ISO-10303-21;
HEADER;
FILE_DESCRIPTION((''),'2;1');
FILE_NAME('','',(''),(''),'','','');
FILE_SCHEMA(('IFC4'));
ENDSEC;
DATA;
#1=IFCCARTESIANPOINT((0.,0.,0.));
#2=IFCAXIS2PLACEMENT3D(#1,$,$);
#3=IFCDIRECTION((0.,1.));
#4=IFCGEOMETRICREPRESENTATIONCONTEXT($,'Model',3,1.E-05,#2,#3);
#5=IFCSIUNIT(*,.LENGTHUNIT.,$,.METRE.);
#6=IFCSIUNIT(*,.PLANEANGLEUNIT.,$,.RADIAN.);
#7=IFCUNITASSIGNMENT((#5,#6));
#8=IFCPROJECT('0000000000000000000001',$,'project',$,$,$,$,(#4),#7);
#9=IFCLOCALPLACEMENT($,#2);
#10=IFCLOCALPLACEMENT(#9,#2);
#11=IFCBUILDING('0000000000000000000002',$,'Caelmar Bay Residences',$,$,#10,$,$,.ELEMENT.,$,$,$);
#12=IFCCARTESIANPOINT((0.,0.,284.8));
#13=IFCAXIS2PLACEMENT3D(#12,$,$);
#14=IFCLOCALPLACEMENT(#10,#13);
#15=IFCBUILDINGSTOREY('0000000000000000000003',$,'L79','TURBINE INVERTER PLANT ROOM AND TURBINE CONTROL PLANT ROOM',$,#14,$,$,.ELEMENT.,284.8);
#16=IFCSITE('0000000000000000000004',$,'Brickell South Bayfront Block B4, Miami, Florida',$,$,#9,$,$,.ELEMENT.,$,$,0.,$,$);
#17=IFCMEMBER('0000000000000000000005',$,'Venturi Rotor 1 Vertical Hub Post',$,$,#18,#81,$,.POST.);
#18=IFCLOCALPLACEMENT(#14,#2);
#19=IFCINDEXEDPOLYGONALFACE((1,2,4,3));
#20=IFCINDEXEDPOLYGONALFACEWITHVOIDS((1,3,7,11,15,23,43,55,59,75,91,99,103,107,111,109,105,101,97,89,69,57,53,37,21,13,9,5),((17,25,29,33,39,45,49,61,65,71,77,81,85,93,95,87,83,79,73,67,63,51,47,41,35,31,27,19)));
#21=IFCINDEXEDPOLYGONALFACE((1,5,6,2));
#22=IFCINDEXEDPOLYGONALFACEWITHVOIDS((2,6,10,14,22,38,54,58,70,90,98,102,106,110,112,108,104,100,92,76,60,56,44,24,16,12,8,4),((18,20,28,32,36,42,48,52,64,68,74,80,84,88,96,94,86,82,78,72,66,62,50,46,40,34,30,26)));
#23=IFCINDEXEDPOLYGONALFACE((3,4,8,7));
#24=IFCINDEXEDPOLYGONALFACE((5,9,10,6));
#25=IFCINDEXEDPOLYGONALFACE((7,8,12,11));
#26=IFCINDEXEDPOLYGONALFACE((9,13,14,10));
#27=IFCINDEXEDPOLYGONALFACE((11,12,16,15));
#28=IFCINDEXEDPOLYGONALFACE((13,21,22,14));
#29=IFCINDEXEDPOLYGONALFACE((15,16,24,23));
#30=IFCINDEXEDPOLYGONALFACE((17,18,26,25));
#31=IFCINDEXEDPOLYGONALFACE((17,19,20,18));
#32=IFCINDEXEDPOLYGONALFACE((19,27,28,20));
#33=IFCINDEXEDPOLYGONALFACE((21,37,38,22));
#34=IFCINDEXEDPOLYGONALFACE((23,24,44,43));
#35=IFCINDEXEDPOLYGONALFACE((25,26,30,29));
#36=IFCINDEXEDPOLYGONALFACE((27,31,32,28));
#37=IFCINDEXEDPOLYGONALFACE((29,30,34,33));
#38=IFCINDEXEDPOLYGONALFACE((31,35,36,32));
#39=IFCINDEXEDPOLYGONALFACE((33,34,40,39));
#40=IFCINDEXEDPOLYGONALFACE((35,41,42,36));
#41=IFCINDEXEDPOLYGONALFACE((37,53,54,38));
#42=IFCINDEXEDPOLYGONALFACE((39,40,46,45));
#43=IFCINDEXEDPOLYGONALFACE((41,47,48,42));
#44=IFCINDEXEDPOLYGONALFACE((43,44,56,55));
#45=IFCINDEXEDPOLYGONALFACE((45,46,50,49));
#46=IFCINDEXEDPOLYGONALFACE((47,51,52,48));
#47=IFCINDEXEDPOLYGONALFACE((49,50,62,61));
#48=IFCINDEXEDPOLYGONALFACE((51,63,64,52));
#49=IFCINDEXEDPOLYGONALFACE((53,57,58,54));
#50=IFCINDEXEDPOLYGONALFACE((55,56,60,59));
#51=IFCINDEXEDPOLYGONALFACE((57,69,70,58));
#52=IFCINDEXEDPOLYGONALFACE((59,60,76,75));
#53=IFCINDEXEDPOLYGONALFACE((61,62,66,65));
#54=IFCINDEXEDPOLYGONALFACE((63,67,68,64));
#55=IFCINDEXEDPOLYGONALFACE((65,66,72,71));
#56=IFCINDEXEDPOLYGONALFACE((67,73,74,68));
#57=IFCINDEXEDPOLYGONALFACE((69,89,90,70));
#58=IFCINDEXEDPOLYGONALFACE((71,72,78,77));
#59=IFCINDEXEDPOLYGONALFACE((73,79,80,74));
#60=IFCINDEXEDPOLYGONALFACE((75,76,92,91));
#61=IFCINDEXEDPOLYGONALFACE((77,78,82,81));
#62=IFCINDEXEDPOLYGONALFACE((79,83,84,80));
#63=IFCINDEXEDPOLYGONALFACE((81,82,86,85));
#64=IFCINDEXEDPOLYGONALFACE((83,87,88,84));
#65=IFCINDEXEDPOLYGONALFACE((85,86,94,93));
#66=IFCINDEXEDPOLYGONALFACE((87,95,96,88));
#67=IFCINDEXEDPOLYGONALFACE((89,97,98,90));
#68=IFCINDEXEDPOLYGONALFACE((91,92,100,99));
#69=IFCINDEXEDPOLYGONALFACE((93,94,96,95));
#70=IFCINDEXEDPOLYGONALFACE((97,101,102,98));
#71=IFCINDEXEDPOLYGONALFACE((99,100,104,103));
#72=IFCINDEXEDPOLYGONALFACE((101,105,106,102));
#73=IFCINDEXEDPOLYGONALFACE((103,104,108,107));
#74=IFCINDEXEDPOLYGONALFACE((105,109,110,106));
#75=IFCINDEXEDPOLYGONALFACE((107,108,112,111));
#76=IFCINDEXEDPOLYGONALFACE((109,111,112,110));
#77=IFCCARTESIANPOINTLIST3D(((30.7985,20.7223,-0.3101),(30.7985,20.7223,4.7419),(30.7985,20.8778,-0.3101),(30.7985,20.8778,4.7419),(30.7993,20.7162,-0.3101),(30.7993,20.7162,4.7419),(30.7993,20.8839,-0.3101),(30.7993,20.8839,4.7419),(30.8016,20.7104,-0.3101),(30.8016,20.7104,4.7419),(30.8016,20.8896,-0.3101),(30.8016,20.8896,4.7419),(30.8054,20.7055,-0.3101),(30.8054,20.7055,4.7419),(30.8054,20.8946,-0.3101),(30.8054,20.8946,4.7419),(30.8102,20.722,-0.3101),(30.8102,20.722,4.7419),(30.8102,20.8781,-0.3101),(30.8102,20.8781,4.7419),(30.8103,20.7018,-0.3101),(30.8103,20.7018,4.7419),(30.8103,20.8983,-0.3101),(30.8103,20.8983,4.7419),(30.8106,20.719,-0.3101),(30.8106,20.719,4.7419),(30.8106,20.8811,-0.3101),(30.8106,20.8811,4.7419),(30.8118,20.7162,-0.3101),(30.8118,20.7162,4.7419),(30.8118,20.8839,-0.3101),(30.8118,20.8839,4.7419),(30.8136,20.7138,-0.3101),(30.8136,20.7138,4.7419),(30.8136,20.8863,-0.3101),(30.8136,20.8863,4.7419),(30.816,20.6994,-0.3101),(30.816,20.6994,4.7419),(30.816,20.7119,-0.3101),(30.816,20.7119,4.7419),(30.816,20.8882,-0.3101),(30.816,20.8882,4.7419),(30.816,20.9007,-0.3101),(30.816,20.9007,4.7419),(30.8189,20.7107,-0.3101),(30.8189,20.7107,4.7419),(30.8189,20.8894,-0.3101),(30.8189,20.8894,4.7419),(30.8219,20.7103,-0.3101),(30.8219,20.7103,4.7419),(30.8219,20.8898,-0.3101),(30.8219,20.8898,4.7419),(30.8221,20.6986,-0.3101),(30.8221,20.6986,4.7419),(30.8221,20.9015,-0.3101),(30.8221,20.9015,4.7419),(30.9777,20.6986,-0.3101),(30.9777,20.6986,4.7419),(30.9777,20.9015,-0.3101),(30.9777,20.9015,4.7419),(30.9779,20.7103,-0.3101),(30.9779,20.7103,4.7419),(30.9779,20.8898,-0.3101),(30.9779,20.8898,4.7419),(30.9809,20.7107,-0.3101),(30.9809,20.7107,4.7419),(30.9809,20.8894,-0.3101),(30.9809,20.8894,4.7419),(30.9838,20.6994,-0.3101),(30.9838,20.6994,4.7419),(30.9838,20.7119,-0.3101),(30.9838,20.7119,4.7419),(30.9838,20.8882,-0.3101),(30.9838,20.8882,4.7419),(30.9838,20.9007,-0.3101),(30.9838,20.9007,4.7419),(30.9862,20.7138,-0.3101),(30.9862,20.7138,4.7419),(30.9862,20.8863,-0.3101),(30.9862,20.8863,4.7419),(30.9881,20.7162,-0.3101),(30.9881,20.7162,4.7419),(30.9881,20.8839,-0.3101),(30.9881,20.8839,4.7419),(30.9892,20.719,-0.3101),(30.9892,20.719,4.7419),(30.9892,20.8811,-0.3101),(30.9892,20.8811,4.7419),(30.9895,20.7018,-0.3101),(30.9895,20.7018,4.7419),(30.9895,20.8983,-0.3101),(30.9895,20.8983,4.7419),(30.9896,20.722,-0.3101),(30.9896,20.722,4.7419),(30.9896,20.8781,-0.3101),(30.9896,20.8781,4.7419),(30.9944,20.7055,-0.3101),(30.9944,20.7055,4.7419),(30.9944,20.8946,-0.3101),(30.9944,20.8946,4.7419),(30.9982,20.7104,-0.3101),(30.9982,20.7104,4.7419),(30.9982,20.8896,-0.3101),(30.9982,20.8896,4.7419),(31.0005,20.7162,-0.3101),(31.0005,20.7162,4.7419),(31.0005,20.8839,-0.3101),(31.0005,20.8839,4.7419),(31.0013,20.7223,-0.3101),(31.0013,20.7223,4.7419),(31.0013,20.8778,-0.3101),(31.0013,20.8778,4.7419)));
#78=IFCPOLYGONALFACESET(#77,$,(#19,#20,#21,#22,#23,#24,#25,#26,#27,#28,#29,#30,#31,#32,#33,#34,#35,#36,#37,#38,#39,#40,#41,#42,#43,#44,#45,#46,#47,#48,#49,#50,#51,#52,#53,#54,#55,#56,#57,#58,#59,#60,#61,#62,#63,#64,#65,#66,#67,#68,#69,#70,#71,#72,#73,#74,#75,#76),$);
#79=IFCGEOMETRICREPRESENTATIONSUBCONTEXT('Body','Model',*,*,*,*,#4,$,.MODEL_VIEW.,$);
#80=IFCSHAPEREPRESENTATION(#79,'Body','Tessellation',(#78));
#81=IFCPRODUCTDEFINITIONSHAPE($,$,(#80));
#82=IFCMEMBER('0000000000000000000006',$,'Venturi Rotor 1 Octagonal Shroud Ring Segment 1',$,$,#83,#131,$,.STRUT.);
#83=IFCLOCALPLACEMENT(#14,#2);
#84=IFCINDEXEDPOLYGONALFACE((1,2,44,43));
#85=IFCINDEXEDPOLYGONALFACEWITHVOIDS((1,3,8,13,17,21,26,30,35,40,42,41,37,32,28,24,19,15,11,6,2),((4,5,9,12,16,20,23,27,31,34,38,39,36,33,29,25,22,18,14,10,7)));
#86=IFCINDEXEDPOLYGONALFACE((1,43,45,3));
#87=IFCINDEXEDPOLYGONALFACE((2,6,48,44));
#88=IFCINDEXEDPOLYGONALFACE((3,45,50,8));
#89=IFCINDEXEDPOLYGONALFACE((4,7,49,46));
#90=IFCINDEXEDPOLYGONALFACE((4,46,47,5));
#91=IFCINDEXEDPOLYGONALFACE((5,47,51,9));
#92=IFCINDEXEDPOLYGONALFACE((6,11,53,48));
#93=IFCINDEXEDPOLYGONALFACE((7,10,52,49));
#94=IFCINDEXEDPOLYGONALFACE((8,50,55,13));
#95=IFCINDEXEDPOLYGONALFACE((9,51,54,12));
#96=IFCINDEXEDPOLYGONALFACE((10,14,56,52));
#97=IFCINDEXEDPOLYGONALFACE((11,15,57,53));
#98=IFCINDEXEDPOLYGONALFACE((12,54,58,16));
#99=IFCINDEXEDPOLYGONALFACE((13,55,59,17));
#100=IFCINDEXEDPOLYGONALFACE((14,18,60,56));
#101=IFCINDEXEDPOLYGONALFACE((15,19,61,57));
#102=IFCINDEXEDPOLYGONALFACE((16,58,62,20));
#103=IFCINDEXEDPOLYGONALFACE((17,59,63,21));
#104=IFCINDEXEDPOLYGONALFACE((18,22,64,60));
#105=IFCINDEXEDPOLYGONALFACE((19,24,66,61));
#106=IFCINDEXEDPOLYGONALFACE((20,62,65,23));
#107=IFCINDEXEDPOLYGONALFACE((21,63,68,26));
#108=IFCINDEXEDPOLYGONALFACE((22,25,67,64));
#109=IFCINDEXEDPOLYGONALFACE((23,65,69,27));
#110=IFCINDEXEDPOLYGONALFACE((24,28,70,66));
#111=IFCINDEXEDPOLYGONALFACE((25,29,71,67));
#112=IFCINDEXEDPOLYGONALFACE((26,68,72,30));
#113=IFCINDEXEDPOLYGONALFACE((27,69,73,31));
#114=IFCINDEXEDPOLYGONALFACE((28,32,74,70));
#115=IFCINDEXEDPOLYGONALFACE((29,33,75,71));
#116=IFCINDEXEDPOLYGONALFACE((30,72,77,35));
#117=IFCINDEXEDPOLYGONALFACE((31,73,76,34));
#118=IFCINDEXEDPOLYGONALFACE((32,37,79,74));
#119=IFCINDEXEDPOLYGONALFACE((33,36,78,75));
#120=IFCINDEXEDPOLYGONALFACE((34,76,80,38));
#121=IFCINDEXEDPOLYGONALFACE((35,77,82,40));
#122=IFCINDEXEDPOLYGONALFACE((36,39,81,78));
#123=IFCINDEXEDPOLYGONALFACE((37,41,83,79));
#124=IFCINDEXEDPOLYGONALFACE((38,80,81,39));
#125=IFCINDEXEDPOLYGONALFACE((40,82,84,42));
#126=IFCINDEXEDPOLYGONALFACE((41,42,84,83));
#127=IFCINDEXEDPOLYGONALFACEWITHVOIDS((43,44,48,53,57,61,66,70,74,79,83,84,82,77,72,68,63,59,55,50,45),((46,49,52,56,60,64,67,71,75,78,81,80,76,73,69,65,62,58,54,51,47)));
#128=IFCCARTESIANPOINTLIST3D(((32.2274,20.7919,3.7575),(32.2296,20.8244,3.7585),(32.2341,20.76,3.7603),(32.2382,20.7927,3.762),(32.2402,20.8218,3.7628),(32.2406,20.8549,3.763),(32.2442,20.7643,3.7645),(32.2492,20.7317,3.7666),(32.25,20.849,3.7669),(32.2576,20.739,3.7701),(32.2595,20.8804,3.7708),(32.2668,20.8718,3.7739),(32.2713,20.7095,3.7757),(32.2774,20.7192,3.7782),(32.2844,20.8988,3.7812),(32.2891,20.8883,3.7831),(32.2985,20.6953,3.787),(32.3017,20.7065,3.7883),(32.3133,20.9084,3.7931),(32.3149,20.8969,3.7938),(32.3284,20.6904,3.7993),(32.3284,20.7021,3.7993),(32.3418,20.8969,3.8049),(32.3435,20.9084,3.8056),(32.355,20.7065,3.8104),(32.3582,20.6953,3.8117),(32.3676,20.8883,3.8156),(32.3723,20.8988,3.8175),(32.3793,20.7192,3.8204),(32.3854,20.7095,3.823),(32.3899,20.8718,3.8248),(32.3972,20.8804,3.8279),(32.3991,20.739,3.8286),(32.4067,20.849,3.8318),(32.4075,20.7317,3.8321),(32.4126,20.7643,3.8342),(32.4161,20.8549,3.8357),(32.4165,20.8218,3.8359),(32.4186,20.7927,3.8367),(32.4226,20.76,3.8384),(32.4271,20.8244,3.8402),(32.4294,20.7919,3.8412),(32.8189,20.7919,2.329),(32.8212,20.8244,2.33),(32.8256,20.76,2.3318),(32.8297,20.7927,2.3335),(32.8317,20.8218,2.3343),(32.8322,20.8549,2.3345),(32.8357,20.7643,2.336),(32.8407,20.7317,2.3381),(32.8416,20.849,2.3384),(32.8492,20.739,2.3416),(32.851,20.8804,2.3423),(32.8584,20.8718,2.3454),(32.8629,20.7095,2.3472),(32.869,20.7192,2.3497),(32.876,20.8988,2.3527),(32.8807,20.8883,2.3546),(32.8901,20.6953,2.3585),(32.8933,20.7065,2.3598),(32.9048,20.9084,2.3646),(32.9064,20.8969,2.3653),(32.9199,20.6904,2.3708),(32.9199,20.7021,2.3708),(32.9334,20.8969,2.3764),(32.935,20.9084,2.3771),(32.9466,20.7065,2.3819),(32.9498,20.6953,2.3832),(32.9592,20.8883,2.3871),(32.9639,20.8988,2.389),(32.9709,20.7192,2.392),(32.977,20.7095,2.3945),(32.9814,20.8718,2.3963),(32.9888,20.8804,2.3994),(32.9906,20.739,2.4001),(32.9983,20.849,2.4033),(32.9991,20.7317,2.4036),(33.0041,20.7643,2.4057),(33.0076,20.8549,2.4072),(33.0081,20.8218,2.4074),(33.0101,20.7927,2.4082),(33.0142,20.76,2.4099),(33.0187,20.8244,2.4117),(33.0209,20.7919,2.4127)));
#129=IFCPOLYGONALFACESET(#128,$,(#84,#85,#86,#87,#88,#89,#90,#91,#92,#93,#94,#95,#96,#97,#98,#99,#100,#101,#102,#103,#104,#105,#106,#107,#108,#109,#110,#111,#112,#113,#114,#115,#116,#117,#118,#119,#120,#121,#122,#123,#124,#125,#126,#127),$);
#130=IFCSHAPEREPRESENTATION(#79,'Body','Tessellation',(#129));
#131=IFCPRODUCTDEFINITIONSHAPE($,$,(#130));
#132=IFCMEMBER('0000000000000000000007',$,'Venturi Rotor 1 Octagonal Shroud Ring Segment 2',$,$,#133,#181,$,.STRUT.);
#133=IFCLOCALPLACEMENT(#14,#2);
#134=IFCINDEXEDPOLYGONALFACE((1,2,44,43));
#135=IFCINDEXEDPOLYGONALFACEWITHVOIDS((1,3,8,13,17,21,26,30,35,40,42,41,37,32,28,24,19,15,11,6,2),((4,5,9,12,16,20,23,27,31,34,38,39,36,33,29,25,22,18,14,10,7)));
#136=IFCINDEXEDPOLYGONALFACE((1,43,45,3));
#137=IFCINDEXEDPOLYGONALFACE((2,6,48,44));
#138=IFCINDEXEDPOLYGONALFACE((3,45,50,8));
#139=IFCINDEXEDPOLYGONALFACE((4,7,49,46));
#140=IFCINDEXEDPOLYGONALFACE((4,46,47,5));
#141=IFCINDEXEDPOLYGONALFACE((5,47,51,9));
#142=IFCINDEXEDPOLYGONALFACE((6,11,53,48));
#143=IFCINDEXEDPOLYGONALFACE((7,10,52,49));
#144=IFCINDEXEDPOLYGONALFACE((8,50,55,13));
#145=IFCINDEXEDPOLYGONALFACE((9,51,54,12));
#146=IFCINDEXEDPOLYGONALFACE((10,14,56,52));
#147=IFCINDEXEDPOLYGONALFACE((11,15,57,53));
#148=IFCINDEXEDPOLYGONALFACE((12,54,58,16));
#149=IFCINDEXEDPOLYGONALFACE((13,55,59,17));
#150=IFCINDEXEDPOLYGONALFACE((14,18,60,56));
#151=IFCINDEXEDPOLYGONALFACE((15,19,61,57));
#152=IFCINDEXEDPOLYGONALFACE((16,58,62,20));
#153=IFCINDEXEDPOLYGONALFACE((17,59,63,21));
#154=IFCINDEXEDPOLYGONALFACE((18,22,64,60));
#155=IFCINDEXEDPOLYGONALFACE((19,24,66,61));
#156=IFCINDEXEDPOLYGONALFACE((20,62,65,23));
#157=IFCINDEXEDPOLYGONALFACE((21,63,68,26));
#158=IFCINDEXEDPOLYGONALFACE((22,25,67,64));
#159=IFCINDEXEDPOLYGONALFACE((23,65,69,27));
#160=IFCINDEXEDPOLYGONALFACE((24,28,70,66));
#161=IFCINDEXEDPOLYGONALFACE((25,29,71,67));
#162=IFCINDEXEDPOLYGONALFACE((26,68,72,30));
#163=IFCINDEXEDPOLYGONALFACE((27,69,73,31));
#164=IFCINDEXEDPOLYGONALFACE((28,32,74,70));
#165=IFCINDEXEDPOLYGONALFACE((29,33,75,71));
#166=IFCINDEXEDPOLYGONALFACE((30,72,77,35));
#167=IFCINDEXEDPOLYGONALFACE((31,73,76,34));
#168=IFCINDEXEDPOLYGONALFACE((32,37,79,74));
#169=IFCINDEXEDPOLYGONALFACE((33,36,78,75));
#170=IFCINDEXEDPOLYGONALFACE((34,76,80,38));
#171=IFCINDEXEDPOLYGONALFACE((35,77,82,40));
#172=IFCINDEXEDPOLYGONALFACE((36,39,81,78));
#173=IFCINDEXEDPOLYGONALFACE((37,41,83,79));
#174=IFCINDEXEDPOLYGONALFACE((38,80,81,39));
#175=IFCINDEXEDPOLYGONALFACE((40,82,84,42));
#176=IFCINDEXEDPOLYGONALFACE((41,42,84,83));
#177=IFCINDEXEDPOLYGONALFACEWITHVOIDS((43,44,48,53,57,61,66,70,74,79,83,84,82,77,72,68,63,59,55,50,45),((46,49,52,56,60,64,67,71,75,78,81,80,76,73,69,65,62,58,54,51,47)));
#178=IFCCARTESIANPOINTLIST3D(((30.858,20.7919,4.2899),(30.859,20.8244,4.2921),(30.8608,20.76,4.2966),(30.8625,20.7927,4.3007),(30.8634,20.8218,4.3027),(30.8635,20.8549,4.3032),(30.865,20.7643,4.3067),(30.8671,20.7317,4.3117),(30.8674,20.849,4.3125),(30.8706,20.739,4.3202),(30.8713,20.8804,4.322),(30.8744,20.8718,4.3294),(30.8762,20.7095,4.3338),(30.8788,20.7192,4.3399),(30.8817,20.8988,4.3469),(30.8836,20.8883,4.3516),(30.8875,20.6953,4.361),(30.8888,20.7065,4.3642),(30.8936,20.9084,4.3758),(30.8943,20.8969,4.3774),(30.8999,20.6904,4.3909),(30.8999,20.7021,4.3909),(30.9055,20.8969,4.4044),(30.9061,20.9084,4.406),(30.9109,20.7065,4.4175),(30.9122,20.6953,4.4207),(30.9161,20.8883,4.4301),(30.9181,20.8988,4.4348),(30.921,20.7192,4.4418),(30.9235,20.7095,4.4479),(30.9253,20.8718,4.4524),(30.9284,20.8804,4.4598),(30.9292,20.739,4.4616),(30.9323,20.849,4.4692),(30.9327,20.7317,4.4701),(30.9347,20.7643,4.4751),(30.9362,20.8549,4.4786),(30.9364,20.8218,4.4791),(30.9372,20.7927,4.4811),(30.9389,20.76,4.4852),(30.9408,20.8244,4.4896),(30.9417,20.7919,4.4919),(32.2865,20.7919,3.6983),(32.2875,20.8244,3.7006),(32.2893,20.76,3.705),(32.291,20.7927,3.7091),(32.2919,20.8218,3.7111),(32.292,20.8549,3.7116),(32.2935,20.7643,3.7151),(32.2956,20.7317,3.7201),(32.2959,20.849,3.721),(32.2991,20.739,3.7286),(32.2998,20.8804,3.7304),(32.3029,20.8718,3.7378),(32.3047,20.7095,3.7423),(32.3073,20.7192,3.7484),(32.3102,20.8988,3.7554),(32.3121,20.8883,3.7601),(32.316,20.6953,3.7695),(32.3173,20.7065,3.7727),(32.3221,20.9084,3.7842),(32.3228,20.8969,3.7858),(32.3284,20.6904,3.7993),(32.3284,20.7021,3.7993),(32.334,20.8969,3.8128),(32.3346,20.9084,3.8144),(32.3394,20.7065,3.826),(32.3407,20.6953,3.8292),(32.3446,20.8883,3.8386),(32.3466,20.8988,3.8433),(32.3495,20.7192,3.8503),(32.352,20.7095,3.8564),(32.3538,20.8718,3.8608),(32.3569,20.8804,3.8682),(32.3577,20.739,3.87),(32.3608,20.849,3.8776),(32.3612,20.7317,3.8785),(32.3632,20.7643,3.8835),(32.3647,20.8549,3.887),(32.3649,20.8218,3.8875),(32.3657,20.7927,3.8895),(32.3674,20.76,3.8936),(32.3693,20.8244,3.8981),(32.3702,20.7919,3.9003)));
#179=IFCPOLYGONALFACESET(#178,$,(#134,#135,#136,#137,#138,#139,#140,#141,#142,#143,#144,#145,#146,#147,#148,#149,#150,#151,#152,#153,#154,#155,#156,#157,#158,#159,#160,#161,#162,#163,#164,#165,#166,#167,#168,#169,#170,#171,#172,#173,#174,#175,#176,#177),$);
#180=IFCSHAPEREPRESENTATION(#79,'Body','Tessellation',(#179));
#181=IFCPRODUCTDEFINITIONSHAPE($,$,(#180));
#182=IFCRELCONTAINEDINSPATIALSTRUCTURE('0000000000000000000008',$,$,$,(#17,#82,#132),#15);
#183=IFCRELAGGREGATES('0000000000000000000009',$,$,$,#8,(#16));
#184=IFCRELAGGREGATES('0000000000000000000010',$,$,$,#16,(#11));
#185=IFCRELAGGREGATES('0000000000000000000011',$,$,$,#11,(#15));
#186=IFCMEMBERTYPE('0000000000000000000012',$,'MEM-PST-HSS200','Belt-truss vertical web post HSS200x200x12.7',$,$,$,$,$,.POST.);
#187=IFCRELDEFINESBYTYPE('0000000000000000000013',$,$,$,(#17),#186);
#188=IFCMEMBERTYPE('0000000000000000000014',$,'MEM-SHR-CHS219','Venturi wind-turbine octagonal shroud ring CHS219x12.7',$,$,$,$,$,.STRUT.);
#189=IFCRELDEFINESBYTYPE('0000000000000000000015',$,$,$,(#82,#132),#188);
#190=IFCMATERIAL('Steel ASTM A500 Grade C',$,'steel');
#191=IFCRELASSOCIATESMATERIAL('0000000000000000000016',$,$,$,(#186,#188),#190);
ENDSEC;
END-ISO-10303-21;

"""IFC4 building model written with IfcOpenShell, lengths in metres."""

from ifc_helpers import new_model, si_unit, direction, frame, origin, origin_2d, place, context, subcontext, project, spatial, hollow_rectangle, hollow_circle, extrude, material, material_profile, profile_set, type_object, element, save


model = new_model("IFC4")

# Units and contexts
model_context = context("Model", 3, precision=1e-05, world=origin(), true_north=direction((0.0, 1.0)))
body_context = subcontext(model_context, "Body", "Model", "MODEL_VIEW")
ifc_project = project(units=[si_unit("LENGTHUNIT", "METRE"), si_unit("PLANEANGLEUNIT", "RADIAN")], contexts=[model_context])

# Site, building, storey
site_placement = place(None, origin())
site = spatial("IfcSite", under=ifc_project, at=site_placement, Name="Brickell South Bayfront Block B4, Miami, Florida", CompositionType="ELEMENT", RefElevation=0.0)
building_placement = place(site_placement, origin())
building = spatial("IfcBuilding", under=site, at=building_placement, Name="Caelmar Bay Residences", CompositionType="ELEMENT")
storey_placement = place(building_placement, frame((0.0, 0.0, 284.8)))
storey = spatial("IfcBuildingStorey", under=building, at=storey_placement, Name="L79", Description="TURBINE INVERTER PLANT ROOM AND TURBINE CONTROL PLANT ROOM", CompositionType="ELEMENT", Elevation=284.8)

# Members
ifc_material_1 = material(Name="Steel ASTM A500 Grade C", Category="steel")
ifc_material_profile_1 = material_profile(ifc_material_1, hollow_rectangle(XDim=0.2029, YDim=0.2029, WallThickness=0.0117, InnerFilletRadius=0.0117, OuterFilletRadius=0.0237, at=origin_2d()), Name="HSS200X200X12.7")
ifc_profile_set_1 = profile_set([ifc_material_profile_1], Name="Steel ASTM A500 Grade C")
member_type_1 = type_object("IfcMemberType", Name="MEM-PST-HSS200", Description="Belt-truss vertical web post HSS200x200x12.7", PredefinedType="POST", material=ifc_profile_set_1)
member_1_placement = place(storey_placement, frame((30.8999, 20.8, -0.3101), z_axis=(0.0, 0.0, 1.0), x_axis=(1.0, 0.0, 0.0)))
element("IfcMember", 1, at=member_1_placement, inside=storey, type_object=member_type_1, Name="Venturi Rotor 1 Vertical Hub Post", PredefinedType="POST", context=body_context, shape_type="SweptSolid", body=[
    extrude(hollow_rectangle(XDim=0.2029, YDim=0.2029, WallThickness=0.0117, InnerFilletRadius=0.0117, OuterFilletRadius=0.0237, at=origin_2d()), origin(), (0.0, 0.0, 1.0), 5.052),
])
ifc_material_profile_2 = material_profile(ifc_material_1, hollow_circle(Radius=0.1096, WallThickness=0.0117, at=origin_2d()), Name="CHS219X12.7")
ifc_profile_set_2 = profile_set([ifc_material_profile_2], Name="Steel ASTM A500 Grade C")
member_type_2 = type_object("IfcMemberType", Name="MEM-SHR-CHS219", Description="Venturi wind-turbine octagonal shroud ring CHS219x12.7", PredefinedType="STRUT", material=ifc_profile_set_2)
for number, where, z_axis, x_axis, name in (
    (2, (32.9199, 20.8, 2.3708), (-0.382607, 0.0, 0.923911), (0.0, -1.0, 0.0), "Venturi Rotor 1 Octagonal Shroud Ring Segment 1"),
    (3, (32.3284, 20.8, 3.7993), (-0.923911, 0.0, 0.382607), (0.0, -1.0, 0.0), "Venturi Rotor 1 Octagonal Shroud Ring Segment 2"),
):
    element("IfcMember", number, at=place(storey_placement, frame(where, z_axis=z_axis, x_axis=x_axis)), inside=storey, type_object=member_type_2, Name=name, PredefinedType="STRUT", context=body_context, shape_type="SweptSolid", body=[
        extrude(hollow_circle(Radius=0.1096, WallThickness=0.0117, at=origin_2d()), origin(), (0.0, 0.0, 1.0), 1.5461),
    ])

save(model, "model.ifc")
